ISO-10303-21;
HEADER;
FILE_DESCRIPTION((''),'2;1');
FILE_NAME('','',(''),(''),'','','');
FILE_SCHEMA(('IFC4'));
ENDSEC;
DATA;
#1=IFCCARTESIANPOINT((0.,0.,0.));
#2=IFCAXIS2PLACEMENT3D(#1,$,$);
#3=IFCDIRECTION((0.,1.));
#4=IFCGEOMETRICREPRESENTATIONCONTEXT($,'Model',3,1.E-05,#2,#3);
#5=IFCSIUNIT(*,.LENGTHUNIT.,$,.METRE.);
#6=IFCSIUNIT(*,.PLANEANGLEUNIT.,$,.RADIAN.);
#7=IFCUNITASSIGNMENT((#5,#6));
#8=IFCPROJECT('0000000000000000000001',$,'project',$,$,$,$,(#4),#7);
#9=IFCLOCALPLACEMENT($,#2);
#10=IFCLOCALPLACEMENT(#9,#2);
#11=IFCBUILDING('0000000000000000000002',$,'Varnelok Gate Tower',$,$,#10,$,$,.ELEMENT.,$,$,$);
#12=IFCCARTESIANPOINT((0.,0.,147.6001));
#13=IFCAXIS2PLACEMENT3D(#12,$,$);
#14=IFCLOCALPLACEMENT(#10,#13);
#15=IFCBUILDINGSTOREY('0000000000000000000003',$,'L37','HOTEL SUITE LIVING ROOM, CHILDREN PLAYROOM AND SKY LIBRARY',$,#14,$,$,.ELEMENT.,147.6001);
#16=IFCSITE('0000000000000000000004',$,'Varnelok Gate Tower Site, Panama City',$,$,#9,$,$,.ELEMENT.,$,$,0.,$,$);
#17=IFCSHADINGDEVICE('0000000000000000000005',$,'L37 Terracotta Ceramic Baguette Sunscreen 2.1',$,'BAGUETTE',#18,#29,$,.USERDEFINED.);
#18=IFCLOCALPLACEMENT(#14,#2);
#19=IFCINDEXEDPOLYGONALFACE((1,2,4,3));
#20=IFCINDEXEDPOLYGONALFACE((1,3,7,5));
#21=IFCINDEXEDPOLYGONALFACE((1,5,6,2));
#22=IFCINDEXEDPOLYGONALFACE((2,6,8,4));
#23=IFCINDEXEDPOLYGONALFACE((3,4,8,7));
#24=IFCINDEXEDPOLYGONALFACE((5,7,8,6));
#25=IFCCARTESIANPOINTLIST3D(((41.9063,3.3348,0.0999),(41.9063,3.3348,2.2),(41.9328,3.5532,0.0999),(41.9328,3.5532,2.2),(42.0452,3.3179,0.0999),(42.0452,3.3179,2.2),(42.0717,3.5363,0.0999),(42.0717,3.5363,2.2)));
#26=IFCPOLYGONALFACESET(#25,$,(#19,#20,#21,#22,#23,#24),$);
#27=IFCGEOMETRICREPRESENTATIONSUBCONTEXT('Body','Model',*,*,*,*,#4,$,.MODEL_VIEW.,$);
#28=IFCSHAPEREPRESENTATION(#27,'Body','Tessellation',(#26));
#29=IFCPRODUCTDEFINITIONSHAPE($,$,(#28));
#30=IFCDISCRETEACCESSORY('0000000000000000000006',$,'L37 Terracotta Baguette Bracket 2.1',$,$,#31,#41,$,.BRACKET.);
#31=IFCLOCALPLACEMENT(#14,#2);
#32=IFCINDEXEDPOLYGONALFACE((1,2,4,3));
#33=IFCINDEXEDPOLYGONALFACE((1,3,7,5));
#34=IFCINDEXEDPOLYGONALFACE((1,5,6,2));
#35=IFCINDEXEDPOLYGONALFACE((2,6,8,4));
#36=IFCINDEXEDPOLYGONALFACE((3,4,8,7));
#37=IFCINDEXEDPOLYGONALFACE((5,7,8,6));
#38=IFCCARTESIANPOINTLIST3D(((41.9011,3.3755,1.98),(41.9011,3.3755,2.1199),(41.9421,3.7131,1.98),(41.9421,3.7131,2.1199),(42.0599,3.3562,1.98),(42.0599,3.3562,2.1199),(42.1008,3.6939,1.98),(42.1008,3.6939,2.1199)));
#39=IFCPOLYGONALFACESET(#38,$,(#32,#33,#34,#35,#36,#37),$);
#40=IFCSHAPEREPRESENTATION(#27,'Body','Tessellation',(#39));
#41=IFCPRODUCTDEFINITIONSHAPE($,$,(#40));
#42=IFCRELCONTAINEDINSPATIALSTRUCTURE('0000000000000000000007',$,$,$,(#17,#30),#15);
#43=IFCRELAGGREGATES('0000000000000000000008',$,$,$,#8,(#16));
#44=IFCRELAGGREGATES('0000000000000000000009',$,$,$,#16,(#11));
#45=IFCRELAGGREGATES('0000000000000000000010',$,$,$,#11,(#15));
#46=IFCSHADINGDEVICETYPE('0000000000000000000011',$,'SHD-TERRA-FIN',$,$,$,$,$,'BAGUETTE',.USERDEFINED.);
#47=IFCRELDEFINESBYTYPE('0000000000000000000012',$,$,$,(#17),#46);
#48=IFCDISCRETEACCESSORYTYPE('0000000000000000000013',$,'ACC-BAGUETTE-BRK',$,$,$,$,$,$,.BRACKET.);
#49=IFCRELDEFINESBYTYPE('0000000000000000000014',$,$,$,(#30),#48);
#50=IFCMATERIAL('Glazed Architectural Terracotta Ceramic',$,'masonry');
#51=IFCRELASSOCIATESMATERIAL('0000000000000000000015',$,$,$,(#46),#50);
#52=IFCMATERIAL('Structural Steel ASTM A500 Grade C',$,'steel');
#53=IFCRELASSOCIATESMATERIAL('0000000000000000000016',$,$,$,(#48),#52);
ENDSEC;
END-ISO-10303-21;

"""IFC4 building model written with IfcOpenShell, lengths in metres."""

from ifc_helpers import new_model, si_unit, direction, frame, origin, origin_2d, place, context, subcontext, project, spatial, rectangle, extrude, source, transform, mapped, material, type_object, element, save


model = new_model("IFC4")

# Units and contexts
model_context = context("Model", 3, precision=1e-05, world=origin(), true_north=direction((0.0, 1.0)))
body_context = subcontext(model_context, "Body", "Model", "MODEL_VIEW")
ifc_project = project(units=[si_unit("LENGTHUNIT", "METRE"), si_unit("PLANEANGLEUNIT", "RADIAN")], contexts=[model_context])

# Site, building, storey
site_placement = place(None, origin())
site = spatial("IfcSite", under=ifc_project, at=site_placement, Name="Varnelok Gate Tower Site, Panama City", CompositionType="ELEMENT", RefElevation=0.0)
building_placement = place(site_placement, origin())
building = spatial("IfcBuilding", under=site, at=building_placement, Name="Varnelok Gate Tower", CompositionType="ELEMENT")
storey_placement = place(building_placement, frame((0.0, 0.0, 147.6001)))
storey = spatial("IfcBuildingStorey", under=building, at=storey_placement, Name="L37", Description="HOTEL SUITE LIVING ROOM, CHILDREN PLAYROOM AND SKY LIBRARY", CompositionType="ELEMENT", Elevation=147.6001)

# Shading device
ifc_material_1 = material(Name="Glazed Architectural Terracotta Ceramic", Category="masonry")
shading_device_type = type_object("IfcShadingDeviceType", Name="SHD-TERRA-FIN", ElementType="BAGUETTE", PredefinedType="USERDEFINED", material=ifc_material_1)
shared_shape_1 = source(origin(), body_context, "Body", "SweptSolid", [
    extrude(rectangle(XDim=0.1399, YDim=0.22, at=origin_2d()), origin(), (0.0, 0.0, 1.0), 2.1001),
])
shading_device_placement = place(storey_placement, frame((41.989, 3.4355, 0.0999), z_axis=(0.0, 0.0, 1.0), x_axis=(0.992732, -0.120345, 0.0)))
element("IfcShadingDevice", 1, at=shading_device_placement, inside=storey, type_object=shading_device_type, Name="L37 Terracotta Ceramic Baguette Sunscreen 2.1", ObjectType="BAGUETTE", PredefinedType="USERDEFINED", context=body_context, shape_type="MappedRepresentation", body=[
    mapped(shared_shape_1, transform((0.0, 0.0, 0.0), scale=1.0)),
])

# Discrete accessory
ifc_material_2 = material(Name="Structural Steel ASTM A500 Grade C", Category="steel")
discrete_accessory_type = type_object("IfcDiscreteAccessoryType", Name="ACC-BAGUETTE-BRK", PredefinedType="BRACKET", material=ifc_material_2)
shared_shape_2 = source(origin(), body_context, "Body", "SweptSolid", [
    extrude(rectangle(XDim=0.1599, YDim=0.3401, at=origin_2d()), origin(), (0.0, 0.0, 1.0), 0.1399),
])
discrete_accessory_placement = place(storey_placement, frame((42.001, 3.5347, 1.98), z_axis=(0.0, 0.0, 1.0), x_axis=(0.992732, -0.120345, 0.0)))
element("IfcDiscreteAccessory", 2, at=discrete_accessory_placement, inside=storey, type_object=discrete_accessory_type, Name="L37 Terracotta Baguette Bracket 2.1", PredefinedType="BRACKET", context=body_context, shape_type="MappedRepresentation", body=[
    mapped(shared_shape_2, transform((0.0, 0.0, 0.0), scale=1.0)),
])

save(model, "model.ifc")
